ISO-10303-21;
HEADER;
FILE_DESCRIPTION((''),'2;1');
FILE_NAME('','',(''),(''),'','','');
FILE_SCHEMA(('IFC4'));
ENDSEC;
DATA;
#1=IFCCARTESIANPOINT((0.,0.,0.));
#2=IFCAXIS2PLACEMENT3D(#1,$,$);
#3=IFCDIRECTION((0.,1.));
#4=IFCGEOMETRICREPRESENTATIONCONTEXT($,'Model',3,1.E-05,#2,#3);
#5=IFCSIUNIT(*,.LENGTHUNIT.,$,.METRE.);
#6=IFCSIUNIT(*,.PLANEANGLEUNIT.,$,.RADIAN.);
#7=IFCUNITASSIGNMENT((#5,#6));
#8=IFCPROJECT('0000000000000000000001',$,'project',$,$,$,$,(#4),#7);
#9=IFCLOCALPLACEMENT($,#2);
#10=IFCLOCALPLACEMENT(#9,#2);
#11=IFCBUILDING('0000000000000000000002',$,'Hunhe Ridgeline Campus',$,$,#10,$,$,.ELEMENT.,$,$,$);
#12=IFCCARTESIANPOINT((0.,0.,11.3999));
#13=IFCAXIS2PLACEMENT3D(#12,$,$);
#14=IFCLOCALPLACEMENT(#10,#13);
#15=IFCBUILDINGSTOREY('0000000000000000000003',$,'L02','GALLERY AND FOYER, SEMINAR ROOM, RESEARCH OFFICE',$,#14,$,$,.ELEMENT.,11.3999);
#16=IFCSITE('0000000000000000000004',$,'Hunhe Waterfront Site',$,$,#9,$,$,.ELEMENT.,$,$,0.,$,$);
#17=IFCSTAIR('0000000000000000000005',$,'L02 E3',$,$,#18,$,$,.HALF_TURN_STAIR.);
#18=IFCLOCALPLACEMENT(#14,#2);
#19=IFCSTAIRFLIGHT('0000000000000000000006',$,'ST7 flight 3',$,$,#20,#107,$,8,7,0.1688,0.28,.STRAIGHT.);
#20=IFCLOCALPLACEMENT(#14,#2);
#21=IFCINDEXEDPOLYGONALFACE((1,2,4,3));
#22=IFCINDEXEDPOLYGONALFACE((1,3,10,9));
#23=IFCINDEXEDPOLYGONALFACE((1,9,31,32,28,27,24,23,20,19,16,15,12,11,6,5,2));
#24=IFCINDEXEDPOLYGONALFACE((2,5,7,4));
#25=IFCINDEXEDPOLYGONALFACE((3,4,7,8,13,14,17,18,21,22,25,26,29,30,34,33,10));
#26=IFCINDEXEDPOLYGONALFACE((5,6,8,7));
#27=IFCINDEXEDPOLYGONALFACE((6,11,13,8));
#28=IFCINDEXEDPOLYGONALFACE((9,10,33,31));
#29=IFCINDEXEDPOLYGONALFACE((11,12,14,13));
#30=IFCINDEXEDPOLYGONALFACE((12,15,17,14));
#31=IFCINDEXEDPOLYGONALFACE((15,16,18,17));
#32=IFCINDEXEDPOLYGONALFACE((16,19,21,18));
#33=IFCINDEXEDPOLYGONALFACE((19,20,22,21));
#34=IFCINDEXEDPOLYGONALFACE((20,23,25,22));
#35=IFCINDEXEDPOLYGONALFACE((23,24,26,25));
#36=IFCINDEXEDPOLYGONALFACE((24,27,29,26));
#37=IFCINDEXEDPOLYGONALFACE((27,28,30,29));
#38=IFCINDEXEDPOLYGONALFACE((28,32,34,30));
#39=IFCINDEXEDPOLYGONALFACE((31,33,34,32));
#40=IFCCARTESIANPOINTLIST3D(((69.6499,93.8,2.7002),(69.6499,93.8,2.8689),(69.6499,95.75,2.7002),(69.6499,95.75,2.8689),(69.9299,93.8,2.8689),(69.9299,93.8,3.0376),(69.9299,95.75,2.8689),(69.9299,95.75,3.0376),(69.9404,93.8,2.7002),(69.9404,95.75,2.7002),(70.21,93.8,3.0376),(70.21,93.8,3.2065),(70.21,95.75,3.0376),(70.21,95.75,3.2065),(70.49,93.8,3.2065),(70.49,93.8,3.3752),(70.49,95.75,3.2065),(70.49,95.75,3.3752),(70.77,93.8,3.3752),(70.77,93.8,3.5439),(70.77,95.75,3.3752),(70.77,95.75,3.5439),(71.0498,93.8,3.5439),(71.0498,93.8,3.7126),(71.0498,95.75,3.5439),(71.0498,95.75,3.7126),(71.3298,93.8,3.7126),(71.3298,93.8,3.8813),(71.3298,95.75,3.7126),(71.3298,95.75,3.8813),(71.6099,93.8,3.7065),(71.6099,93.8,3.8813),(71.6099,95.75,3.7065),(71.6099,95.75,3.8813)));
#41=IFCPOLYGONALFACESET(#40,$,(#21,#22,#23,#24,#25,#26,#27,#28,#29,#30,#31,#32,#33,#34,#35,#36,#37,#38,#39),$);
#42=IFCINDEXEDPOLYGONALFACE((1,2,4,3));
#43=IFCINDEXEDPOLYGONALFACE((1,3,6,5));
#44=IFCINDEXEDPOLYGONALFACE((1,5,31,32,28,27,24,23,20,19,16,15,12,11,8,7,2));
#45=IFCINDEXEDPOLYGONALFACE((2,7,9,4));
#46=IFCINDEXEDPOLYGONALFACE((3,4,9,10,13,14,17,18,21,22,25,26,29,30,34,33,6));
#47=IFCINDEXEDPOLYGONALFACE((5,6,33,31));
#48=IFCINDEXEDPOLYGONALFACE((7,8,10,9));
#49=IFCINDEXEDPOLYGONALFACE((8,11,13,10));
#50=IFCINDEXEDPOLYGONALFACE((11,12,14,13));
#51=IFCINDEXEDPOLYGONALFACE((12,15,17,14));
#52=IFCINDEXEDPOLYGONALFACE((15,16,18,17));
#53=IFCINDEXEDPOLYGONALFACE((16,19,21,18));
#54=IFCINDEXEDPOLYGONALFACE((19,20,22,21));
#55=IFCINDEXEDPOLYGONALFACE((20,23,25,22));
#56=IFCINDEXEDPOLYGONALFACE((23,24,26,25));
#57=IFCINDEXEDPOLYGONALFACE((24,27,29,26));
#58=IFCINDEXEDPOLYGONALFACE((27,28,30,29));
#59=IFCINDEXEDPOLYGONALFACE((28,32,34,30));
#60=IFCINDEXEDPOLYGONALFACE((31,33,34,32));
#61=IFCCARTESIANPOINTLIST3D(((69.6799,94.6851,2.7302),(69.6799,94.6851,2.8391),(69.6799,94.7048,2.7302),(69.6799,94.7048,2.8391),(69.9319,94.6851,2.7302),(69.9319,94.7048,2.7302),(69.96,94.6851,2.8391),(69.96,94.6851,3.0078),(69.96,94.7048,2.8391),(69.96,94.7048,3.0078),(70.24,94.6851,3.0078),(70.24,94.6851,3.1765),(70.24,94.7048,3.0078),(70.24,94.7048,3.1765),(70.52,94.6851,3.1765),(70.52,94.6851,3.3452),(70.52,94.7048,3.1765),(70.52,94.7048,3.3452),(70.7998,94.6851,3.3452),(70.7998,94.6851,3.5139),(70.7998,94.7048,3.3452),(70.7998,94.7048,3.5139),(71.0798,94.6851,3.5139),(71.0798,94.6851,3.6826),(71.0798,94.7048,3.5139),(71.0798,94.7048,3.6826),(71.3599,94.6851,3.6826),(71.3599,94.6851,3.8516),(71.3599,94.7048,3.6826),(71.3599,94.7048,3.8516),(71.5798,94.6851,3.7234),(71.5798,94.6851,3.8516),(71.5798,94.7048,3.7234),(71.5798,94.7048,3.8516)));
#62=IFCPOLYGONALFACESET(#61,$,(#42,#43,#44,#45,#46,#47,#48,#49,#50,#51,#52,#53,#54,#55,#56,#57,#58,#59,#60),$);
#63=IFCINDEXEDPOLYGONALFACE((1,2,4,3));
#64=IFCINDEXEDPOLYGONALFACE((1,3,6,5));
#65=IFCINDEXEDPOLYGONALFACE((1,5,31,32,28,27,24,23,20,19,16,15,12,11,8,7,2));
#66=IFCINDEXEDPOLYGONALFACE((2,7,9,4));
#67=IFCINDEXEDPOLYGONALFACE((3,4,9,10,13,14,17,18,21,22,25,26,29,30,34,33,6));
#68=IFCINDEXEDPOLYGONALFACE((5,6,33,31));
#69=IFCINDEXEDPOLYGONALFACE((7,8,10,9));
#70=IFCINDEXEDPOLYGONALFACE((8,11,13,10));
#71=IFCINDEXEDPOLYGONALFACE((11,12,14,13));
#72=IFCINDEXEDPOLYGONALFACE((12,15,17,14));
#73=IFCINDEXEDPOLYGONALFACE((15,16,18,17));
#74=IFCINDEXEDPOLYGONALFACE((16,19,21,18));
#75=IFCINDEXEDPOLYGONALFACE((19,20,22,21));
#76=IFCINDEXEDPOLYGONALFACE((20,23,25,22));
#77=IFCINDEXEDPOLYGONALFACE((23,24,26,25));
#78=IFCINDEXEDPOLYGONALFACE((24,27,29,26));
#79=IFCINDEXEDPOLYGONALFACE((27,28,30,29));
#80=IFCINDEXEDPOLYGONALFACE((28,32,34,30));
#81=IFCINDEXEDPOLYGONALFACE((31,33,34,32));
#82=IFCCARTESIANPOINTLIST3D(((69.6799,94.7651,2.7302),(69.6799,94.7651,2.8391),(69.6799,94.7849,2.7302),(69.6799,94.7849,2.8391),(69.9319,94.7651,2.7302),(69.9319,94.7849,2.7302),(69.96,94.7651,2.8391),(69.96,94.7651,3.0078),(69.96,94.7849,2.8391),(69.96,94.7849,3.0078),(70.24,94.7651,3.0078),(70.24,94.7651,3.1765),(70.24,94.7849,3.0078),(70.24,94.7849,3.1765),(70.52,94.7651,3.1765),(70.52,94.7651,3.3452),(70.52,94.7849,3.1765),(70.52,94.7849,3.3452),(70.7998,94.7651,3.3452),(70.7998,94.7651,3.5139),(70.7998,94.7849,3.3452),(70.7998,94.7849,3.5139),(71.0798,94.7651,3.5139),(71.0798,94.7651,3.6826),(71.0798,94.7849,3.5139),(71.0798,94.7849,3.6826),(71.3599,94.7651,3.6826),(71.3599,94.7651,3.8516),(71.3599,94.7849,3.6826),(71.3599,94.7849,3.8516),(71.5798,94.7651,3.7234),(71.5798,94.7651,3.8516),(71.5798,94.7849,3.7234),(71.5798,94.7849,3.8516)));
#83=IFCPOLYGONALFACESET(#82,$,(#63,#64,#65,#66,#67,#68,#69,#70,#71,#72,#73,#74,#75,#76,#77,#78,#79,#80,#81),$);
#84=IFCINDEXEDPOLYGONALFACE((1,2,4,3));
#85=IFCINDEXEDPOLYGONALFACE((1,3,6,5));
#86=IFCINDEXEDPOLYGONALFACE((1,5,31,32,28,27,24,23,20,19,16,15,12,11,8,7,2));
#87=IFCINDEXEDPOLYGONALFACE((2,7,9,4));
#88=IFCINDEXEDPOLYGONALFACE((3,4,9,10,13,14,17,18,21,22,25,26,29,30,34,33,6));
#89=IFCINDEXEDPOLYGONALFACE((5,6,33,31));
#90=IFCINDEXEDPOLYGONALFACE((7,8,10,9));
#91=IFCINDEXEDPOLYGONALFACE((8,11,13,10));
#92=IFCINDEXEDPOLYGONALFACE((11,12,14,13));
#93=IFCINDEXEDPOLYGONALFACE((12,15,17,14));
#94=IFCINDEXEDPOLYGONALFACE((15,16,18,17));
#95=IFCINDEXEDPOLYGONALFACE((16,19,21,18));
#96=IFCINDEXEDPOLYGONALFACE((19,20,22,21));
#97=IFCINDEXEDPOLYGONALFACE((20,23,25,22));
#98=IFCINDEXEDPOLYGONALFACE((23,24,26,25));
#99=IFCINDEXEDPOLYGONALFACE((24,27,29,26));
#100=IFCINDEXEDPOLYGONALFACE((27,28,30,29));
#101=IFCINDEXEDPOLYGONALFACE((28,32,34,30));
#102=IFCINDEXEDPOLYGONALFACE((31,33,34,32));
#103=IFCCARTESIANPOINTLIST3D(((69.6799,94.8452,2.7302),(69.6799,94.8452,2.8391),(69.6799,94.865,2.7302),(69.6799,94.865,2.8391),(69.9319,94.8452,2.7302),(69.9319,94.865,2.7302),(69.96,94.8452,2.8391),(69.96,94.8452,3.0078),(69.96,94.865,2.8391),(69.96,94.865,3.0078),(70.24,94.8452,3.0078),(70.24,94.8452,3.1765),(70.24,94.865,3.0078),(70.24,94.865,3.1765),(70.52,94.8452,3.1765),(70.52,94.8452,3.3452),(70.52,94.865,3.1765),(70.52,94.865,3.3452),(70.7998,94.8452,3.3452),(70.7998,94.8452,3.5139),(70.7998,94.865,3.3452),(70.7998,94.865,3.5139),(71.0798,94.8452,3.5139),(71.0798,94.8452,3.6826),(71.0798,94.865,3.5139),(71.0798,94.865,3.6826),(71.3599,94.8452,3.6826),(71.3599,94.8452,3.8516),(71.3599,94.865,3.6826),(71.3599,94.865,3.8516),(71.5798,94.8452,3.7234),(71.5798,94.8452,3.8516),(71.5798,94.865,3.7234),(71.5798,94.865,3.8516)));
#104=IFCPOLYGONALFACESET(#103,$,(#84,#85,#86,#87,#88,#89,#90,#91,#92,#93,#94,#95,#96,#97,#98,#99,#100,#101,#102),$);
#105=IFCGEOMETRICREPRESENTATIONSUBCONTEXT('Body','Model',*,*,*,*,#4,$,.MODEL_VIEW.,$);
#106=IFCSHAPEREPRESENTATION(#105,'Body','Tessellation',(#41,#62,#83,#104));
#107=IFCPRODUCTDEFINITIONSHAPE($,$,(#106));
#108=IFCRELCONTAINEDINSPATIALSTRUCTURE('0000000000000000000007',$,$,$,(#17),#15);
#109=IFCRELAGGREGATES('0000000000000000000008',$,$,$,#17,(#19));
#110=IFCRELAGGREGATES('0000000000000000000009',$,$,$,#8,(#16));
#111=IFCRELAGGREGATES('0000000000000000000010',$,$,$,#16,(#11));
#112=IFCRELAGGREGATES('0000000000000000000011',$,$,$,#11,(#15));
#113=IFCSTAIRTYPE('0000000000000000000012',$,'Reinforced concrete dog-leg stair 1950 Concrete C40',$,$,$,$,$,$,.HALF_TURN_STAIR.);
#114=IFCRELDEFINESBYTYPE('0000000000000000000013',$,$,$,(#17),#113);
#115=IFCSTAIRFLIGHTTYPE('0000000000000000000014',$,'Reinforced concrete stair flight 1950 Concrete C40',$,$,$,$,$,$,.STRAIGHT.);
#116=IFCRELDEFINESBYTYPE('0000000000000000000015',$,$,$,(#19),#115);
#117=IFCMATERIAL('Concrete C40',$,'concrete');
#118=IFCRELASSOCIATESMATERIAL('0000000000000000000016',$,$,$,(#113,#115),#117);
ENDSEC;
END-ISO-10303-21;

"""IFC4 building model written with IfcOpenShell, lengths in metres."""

from ifc_helpers import new_model, si_unit, direction, frame, origin, place, context, subcontext, project, spatial, polyline, outline, extrude, material, type_object, element, aggregate, save


model = new_model("IFC4")

# Units and contexts
model_context = context("Model", 3, precision=1e-05, world=origin(), true_north=direction((0.0, 1.0)))
body_context = subcontext(model_context, "Body", "Model", "MODEL_VIEW")
ifc_project = project(units=[si_unit("LENGTHUNIT", "METRE"), si_unit("PLANEANGLEUNIT", "RADIAN")], contexts=[model_context])

# Site, building, storey
site_placement = place(None, origin())
site = spatial("IfcSite", under=ifc_project, at=site_placement, Name="Hunhe Waterfront Site", CompositionType="ELEMENT", RefElevation=0.0)
building_placement = place(site_placement, origin())
building = spatial("IfcBuilding", under=site, at=building_placement, Name="Hunhe Ridgeline Campus", CompositionType="ELEMENT")
storey_placement = place(building_placement, frame((0.0, 0.0, 11.3999)))
storey = spatial("IfcBuildingStorey", under=building, at=storey_placement, Name="L02", Description="GALLERY AND FOYER, SEMINAR ROOM, RESEARCH OFFICE", CompositionType="ELEMENT", Elevation=11.3999)

# Stair, stair flight
ifc_material_1 = material(Name="Concrete C40", Category="concrete")
stair_type = type_object("IfcStairType", Name="Reinforced concrete dog-leg stair 1950 Concrete C40", PredefinedType="HALF_TURN_STAIR", material=ifc_material_1)
stair_flight_type = type_object("IfcStairFlightType", Name="Reinforced concrete stair flight 1950 Concrete C40", PredefinedType="STRAIGHT", material=ifc_material_1)
stair_1_placement = place(storey_placement, origin())
stair_1 = element("IfcStair", 1, at=stair_1_placement, inside=storey, type_object=stair_type, Name="L02 E3", PredefinedType="HALF_TURN_STAIR")
stair_flight_1_placement = place(storey_placement, frame((69.6499, 94.7749, 2.7002), z_axis=(0.0, 0.0, 1.0), x_axis=(1.0, 0.0, 0.0)))
stair_flight_1 = element("IfcStairFlight", 2, at=stair_flight_1_placement, type_object=stair_flight_type, Name="ST7 flight 3", NumberOfRisers=8, NumberOfTreads=7, PredefinedType="STRAIGHT", RiserHeight=0.1688, TreadLength=0.28, context=body_context, shape_type="SweptSolid", body=[
    extrude(outline(polyline([(0.0, 0.0), (0.0, 0.1687), (0.28, 0.1687), (0.28, 0.3374), (0.5601, 0.3374), (0.5601, 0.5063), (0.8401, 0.5063), (0.8401, 0.675), (1.1201, 0.675), (1.1201, 0.8438), (1.3999, 0.8438), (1.3999, 1.0125), (1.6799, 1.0125), (1.6799, 1.1812), (1.96, 1.1812), (1.96, 1.3501), (1.96, 1.0063), (0.2905, 0.0), (0.0, 0.0)])), frame((0.0, 0.9751, 0.0), z_axis=(0.0, -1.0, 0.0), x_axis=(1.0, 0.0, 0.0)), (0.0, 0.0, 1.0), 1.95),
    extrude(outline(polyline([(0.03, 0.03), (0.03, 0.1389), (0.3101, 0.1389), (0.3101, 0.3076), (0.5901, 0.3076), (0.5901, 0.4763), (0.8701, 0.4763), (0.8701, 0.645), (1.1499, 0.645), (1.1499, 0.8137), (1.4299, 0.8137), (1.4299, 0.9824), (1.71, 0.9824), (1.71, 1.1514), (1.9299, 1.1514), (1.9299, 1.0232), (0.282, 0.03), (0.03, 0.03)])), frame((0.0, -0.0701, 0.0), z_axis=(0.0, -1.0, 0.0), x_axis=(1.0, 0.0, 0.0)), (0.0, 0.0, 1.0), 0.0198),
    extrude(outline(polyline([(0.03, 0.03), (0.03, 0.1389), (0.3101, 0.1389), (0.3101, 0.3076), (0.5901, 0.3076), (0.5901, 0.4763), (0.8701, 0.4763), (0.8701, 0.645), (1.1499, 0.645), (1.1499, 0.8137), (1.4299, 0.8137), (1.4299, 0.9824), (1.71, 0.9824), (1.71, 1.1514), (1.9299, 1.1514), (1.9299, 1.0232), (0.282, 0.03), (0.03, 0.03)])), frame((0.0, 0.01, 0.0), z_axis=(0.0, -1.0, 0.0), x_axis=(1.0, 0.0, 0.0)), (0.0, 0.0, 1.0), 0.0198),
    extrude(outline(polyline([(0.03, 0.03), (0.03, 0.1389), (0.3101, 0.1389), (0.3101, 0.3076), (0.5901, 0.3076), (0.5901, 0.4763), (0.8701, 0.4763), (0.8701, 0.645), (1.1499, 0.645), (1.1499, 0.8137), (1.4299, 0.8137), (1.4299, 0.9824), (1.71, 0.9824), (1.71, 1.1514), (1.9299, 1.1514), (1.9299, 1.0232), (0.282, 0.03), (0.03, 0.03)])), frame((0.0, 0.0901, 0.0), z_axis=(0.0, -1.0, 0.0), x_axis=(1.0, 0.0, 0.0)), (0.0, 0.0, 1.0), 0.0198),
])
aggregate(stair_1, [stair_flight_1])

save(model, "model.ifc")
